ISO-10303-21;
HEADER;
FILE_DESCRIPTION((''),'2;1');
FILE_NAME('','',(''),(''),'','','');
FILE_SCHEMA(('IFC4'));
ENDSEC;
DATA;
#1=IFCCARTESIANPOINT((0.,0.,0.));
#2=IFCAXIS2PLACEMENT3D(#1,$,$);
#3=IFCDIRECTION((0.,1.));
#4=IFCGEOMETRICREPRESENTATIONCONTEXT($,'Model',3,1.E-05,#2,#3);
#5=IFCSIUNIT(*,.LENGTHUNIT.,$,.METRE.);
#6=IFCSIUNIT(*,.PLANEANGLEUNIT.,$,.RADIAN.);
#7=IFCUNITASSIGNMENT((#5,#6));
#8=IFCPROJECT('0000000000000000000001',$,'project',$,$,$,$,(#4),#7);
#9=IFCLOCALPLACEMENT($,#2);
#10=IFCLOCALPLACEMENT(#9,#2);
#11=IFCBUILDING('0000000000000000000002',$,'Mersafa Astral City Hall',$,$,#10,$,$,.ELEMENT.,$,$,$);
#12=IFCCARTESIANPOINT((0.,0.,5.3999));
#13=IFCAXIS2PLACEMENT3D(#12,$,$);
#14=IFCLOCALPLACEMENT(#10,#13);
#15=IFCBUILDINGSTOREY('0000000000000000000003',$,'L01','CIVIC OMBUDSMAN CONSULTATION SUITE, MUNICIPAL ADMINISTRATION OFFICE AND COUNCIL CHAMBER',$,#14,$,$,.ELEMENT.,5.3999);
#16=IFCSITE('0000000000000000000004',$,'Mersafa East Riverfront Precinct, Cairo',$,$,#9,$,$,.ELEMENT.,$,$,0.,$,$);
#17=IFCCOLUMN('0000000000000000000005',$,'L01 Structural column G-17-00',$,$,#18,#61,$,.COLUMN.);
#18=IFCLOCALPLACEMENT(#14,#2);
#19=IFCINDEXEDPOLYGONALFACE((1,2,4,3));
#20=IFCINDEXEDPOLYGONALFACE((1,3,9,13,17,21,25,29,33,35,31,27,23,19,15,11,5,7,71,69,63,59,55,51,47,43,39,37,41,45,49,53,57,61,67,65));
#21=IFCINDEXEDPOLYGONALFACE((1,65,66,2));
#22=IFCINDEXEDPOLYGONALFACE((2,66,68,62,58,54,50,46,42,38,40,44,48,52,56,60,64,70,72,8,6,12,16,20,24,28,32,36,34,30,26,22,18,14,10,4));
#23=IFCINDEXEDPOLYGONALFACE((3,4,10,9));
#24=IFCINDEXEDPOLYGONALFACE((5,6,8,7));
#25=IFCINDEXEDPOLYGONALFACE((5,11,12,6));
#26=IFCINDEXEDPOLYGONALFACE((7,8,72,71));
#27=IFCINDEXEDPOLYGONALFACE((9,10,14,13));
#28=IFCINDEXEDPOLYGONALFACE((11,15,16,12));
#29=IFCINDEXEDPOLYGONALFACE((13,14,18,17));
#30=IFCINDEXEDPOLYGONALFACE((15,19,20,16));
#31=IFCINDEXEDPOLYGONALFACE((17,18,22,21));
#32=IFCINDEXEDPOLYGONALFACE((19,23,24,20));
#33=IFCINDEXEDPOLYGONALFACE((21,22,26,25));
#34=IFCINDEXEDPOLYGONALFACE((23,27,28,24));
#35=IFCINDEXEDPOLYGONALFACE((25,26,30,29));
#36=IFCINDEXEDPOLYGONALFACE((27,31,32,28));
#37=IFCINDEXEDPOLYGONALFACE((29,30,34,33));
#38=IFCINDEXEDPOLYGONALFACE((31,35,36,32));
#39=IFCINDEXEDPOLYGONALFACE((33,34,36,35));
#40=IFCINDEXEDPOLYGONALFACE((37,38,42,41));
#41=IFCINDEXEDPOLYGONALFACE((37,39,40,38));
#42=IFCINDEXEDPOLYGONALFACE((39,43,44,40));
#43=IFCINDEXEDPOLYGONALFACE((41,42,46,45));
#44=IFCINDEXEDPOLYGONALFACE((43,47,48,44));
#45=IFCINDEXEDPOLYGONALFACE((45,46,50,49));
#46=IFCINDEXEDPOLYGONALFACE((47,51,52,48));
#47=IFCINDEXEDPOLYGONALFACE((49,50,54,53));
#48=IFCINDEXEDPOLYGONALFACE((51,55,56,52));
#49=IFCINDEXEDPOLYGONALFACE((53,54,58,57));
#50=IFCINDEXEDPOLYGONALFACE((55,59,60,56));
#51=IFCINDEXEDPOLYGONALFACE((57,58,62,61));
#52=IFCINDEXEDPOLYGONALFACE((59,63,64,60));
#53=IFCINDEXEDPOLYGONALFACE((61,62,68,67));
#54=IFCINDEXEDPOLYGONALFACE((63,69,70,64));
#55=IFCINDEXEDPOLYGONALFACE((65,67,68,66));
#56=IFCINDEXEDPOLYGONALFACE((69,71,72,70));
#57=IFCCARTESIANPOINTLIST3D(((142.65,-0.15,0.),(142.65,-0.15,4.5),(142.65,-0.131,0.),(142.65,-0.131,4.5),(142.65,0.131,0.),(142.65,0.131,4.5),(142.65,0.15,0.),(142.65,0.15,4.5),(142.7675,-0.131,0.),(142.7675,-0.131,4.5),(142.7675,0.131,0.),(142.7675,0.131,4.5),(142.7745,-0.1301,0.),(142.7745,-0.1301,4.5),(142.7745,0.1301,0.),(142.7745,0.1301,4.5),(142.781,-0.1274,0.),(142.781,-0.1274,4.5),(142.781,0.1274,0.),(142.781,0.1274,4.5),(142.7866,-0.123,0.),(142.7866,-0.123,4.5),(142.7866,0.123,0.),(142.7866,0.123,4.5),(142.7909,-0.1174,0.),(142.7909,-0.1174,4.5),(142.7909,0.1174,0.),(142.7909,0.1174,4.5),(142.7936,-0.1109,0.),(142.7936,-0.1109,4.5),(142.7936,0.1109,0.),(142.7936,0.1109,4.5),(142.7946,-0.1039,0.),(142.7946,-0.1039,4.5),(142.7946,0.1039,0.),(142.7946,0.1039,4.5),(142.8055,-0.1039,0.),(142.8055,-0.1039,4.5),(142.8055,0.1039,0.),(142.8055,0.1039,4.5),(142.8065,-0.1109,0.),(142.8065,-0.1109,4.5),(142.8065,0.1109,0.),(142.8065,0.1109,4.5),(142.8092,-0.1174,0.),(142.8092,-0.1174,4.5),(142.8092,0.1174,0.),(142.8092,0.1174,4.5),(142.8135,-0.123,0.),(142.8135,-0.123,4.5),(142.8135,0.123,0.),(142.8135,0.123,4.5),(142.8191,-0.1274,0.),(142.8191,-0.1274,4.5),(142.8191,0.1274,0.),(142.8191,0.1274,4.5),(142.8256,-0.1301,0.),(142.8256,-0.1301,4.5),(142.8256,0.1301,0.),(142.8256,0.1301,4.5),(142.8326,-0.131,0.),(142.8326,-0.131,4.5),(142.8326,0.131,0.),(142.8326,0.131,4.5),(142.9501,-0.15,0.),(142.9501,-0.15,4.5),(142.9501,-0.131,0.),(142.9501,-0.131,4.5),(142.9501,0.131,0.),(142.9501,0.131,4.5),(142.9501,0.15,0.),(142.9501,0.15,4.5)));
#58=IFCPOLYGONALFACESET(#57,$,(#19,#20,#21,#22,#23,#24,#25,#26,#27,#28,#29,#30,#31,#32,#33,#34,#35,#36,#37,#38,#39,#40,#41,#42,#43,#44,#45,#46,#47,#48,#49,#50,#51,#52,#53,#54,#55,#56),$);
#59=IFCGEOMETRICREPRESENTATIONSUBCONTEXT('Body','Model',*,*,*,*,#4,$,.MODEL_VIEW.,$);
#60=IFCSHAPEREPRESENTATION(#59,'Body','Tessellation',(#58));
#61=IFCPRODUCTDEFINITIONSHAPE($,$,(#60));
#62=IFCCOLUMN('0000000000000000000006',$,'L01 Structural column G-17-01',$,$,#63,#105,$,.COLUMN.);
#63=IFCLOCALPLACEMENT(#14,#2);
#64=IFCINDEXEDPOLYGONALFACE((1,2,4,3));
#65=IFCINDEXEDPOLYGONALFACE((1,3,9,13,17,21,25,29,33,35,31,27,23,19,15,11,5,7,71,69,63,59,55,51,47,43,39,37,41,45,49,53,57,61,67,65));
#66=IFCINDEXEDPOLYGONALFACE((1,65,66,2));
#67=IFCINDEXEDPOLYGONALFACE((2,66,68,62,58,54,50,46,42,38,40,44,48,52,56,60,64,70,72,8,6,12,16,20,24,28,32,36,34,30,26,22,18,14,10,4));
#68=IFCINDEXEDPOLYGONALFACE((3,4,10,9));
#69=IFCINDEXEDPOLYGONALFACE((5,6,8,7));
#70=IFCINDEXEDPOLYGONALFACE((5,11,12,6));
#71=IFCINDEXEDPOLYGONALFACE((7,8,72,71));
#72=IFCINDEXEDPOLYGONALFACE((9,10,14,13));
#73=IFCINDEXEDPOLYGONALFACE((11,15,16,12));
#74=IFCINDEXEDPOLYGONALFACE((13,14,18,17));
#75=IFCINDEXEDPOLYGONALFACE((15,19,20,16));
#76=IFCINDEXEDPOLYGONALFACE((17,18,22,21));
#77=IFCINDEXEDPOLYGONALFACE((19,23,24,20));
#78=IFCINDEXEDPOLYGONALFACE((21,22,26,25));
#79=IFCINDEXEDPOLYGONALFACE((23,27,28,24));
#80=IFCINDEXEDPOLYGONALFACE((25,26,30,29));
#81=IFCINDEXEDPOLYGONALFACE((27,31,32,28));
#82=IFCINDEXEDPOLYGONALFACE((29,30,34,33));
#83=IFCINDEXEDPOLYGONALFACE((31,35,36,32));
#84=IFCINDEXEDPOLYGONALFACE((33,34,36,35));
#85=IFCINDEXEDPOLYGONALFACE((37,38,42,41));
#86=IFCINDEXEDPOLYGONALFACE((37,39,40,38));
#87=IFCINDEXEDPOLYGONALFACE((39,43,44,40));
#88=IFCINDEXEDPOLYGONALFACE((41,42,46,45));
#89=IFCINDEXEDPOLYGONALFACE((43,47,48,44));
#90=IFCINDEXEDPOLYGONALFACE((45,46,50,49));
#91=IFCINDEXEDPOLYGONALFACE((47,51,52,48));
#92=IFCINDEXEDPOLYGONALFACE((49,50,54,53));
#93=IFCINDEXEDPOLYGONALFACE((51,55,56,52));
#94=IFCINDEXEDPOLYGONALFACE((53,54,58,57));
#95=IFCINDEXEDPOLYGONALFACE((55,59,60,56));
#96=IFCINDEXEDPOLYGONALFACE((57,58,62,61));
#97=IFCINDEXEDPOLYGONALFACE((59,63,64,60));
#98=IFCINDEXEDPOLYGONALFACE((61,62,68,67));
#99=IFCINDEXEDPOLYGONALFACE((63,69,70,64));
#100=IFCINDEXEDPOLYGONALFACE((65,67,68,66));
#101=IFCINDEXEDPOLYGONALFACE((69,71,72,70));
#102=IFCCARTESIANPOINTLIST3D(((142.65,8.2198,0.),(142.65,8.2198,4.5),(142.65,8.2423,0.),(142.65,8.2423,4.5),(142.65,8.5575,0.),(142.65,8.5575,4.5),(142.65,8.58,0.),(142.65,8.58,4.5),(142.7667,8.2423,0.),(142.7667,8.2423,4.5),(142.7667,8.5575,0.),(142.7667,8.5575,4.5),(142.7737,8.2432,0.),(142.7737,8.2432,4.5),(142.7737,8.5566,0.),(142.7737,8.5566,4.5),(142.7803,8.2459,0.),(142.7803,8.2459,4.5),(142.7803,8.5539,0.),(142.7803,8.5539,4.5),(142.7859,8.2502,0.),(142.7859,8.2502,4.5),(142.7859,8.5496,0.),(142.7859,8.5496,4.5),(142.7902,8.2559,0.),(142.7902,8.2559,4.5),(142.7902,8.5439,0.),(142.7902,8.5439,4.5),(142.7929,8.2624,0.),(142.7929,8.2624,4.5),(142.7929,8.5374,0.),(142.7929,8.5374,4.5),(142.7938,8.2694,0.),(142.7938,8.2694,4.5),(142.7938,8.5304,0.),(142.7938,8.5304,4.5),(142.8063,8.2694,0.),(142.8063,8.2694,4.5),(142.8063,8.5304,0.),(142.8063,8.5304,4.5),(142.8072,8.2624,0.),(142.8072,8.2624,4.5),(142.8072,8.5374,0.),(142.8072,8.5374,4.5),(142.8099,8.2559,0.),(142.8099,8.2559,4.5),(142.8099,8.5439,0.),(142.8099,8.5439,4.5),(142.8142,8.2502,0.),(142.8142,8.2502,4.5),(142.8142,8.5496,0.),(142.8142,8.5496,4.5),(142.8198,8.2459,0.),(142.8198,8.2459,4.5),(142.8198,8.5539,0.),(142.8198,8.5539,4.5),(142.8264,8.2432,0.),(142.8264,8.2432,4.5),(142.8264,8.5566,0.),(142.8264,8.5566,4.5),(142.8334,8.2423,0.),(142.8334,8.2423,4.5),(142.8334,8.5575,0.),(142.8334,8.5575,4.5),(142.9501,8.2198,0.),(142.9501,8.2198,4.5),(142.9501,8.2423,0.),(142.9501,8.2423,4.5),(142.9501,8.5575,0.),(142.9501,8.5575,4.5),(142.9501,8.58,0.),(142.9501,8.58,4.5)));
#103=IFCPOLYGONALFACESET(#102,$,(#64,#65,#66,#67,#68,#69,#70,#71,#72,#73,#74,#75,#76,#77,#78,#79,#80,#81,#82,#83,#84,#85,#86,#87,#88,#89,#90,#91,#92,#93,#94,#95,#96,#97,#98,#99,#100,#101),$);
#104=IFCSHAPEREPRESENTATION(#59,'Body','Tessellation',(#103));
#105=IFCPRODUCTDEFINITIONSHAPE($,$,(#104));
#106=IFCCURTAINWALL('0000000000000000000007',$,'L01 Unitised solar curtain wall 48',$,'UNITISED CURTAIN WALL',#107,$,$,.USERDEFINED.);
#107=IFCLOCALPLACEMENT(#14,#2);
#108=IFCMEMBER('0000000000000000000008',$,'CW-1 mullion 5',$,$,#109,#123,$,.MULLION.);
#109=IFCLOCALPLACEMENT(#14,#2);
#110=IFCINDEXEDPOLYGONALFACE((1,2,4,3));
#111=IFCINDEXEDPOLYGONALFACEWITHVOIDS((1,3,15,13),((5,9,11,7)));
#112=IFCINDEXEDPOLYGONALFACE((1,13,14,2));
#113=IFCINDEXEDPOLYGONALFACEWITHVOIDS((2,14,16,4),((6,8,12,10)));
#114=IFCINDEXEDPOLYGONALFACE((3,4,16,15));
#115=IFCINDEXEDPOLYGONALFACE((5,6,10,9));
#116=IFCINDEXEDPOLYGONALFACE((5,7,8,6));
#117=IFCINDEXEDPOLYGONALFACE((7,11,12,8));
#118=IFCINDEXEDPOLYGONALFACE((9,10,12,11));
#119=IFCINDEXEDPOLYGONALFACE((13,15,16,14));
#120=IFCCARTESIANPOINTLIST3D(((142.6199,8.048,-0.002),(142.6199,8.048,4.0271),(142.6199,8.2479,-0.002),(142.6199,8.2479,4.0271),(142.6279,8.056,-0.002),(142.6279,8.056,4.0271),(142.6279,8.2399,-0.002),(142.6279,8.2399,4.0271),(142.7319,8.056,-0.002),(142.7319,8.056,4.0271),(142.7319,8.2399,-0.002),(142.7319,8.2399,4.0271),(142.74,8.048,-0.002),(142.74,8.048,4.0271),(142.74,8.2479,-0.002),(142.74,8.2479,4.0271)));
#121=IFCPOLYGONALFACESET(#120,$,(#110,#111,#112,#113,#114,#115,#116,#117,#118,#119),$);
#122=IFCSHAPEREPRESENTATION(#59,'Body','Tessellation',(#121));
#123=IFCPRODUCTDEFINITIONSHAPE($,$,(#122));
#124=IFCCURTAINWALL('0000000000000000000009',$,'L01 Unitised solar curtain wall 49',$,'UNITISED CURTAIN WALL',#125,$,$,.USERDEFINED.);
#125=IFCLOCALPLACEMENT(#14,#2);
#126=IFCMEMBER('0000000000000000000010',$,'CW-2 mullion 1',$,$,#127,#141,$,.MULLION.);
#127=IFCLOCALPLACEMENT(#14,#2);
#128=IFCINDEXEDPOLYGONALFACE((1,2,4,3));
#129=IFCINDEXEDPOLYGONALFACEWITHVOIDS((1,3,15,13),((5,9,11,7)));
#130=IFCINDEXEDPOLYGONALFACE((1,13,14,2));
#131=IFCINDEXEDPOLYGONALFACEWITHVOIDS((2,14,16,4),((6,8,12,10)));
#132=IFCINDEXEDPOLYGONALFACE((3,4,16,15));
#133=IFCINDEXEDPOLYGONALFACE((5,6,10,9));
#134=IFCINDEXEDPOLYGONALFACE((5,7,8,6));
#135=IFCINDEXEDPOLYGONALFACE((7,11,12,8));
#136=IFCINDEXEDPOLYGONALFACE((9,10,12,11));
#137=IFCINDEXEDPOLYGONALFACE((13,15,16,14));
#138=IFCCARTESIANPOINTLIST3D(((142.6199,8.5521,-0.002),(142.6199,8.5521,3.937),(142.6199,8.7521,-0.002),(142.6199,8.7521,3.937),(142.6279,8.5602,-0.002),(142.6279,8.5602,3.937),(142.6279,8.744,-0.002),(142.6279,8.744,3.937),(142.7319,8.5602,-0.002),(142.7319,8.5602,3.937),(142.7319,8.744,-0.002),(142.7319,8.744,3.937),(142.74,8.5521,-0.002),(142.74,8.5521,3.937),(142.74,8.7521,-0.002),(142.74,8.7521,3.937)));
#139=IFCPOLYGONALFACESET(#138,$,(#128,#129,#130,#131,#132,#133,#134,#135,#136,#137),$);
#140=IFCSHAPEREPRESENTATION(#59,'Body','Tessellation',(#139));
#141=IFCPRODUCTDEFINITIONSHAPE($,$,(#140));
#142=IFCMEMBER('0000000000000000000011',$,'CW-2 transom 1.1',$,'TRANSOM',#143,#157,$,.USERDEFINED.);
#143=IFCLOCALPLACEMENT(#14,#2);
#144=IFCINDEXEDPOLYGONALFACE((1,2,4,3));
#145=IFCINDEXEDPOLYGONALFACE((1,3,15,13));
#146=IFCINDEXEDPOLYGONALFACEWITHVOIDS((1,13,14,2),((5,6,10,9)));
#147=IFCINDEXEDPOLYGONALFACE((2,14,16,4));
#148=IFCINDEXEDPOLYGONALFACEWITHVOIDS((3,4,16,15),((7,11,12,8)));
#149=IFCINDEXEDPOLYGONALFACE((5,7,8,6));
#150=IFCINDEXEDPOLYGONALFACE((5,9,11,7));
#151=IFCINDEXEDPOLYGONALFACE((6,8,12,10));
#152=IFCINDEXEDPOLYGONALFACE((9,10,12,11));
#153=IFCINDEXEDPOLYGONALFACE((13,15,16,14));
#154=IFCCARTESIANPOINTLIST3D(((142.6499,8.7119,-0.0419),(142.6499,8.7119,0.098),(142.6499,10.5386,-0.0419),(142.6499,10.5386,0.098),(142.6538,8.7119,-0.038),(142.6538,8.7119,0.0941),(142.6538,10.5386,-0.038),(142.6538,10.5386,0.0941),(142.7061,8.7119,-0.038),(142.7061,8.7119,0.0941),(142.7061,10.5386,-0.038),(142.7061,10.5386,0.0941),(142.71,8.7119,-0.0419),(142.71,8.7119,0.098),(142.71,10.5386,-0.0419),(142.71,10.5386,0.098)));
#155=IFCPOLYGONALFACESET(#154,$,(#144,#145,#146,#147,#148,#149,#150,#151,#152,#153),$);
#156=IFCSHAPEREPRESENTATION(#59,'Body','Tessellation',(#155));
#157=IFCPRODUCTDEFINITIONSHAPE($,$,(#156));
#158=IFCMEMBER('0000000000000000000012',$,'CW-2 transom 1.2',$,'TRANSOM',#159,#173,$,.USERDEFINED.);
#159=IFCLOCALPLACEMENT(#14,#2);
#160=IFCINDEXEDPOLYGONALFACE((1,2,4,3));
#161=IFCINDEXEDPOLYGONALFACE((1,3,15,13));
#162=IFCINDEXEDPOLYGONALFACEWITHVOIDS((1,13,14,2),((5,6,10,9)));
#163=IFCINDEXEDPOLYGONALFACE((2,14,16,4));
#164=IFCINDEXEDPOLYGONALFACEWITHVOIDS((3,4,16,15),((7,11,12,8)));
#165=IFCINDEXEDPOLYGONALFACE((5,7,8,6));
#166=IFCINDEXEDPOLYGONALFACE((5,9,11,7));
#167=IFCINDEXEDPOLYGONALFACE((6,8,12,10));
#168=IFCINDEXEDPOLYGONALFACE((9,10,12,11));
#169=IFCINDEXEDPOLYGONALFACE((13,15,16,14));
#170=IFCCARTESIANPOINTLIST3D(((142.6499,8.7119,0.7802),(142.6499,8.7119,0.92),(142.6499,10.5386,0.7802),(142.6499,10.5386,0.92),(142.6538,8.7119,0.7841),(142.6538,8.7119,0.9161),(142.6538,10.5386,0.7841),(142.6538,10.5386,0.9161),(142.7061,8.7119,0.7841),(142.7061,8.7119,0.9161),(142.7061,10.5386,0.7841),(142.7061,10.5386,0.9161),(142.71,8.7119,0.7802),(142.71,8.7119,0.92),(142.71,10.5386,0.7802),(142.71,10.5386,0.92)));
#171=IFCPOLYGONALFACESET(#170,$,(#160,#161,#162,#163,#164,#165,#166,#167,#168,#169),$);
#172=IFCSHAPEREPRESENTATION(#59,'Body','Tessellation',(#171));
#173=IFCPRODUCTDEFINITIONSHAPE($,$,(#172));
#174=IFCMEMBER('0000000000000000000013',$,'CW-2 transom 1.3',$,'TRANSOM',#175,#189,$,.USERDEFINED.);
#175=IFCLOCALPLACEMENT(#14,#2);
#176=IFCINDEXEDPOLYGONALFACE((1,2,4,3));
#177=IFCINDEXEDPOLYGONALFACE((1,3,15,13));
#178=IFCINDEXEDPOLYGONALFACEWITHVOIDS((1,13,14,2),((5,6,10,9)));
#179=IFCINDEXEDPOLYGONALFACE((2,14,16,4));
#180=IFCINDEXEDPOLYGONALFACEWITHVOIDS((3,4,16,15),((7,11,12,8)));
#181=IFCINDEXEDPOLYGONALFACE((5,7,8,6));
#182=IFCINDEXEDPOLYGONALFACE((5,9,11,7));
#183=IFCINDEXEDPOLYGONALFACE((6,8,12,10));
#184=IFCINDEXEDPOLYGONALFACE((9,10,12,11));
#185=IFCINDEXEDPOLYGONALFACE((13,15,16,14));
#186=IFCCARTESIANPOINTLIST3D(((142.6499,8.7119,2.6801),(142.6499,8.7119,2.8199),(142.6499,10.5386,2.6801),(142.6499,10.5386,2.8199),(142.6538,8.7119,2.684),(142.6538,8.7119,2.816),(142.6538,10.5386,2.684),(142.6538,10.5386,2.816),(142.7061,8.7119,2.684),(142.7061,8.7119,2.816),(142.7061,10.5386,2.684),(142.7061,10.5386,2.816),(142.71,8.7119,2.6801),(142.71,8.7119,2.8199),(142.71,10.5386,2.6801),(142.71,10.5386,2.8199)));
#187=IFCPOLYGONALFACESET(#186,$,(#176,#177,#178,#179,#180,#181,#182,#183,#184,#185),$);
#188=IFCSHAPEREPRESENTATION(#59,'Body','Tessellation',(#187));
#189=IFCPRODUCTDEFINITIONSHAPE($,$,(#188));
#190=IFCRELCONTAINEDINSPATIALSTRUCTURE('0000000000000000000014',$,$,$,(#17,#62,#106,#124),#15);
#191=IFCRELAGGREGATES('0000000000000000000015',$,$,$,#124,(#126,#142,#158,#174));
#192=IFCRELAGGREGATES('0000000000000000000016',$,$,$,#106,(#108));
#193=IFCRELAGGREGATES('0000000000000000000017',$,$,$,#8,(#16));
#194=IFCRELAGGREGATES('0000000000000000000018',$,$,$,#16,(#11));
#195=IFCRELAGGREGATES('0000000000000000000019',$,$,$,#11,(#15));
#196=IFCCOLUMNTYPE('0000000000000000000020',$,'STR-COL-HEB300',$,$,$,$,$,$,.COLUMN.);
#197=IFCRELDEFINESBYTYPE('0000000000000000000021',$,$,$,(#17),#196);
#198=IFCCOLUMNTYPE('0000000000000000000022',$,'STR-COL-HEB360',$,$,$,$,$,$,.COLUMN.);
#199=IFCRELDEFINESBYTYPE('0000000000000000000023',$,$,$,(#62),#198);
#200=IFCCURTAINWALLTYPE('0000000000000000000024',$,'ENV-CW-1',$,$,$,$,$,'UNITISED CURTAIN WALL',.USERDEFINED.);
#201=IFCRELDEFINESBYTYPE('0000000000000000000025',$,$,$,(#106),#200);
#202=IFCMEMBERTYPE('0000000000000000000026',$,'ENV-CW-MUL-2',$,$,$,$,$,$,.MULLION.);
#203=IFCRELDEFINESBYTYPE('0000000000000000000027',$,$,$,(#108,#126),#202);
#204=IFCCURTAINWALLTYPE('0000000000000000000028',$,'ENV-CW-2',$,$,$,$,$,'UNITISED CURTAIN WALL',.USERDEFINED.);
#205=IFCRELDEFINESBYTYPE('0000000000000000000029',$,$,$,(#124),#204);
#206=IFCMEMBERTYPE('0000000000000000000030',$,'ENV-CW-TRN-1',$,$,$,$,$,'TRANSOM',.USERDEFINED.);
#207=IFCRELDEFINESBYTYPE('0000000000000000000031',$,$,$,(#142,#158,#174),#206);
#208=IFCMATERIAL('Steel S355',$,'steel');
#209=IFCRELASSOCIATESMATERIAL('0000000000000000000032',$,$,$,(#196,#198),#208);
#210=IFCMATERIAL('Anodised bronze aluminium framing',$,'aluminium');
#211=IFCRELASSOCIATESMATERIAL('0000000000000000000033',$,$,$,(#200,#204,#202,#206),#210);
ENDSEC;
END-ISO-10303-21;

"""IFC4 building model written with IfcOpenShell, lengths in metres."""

from ifc_helpers import new_model, si_unit, direction, frame, origin, origin_2d, place, context, subcontext, project, spatial, hollow_rectangle, i_section, extrude, material, material_profile, profile_set, type_object, element, aggregate, save


model = new_model("IFC4")

# Units and contexts
model_context = context("Model", 3, precision=1e-05, world=origin(), true_north=direction((0.0, 1.0)))
body_context = subcontext(model_context, "Body", "Model", "MODEL_VIEW")
ifc_project = project(units=[si_unit("LENGTHUNIT", "METRE"), si_unit("PLANEANGLEUNIT", "RADIAN")], contexts=[model_context])

# Site, building, storey
site_placement = place(None, origin())
site = spatial("IfcSite", under=ifc_project, at=site_placement, Name="Mersafa East Riverfront Precinct, Cairo", CompositionType="ELEMENT", RefElevation=0.0)
building_placement = place(site_placement, origin())
building = spatial("IfcBuilding", under=site, at=building_placement, Name="Mersafa Astral City Hall", CompositionType="ELEMENT")
storey_placement = place(building_placement, frame((0.0, 0.0, 5.3999)))
storey = spatial("IfcBuildingStorey", under=building, at=storey_placement, Name="L01", Description="CIVIC OMBUDSMAN CONSULTATION SUITE, MUNICIPAL ADMINISTRATION OFFICE AND COUNCIL CHAMBER", CompositionType="ELEMENT", Elevation=5.3999)

# Columns
ifc_material_1 = material(Name="Steel S355", Category="steel")
ifc_material_profile_1 = material_profile(ifc_material_1, i_section(OverallWidth=0.3, OverallDepth=0.3, WebThickness=0.011, FlangeThickness=0.019, FilletRadius=0.0271, at=origin_2d()), Name="HEB 300")
ifc_profile_set_1 = profile_set([ifc_material_profile_1], Name="Steel S355")
column_type_1 = type_object("IfcColumnType", Name="STR-COL-HEB300", PredefinedType="COLUMN", material=ifc_profile_set_1)
column_1_placement = place(storey_placement, frame((142.8, 0.0, 0.0), z_axis=(0.0, 0.0, 1.0), x_axis=(1.0, 0.0, 0.0)))
element("IfcColumn", 1, at=column_1_placement, inside=storey, type_object=column_type_1, Name="L01 Structural column G-17-00", PredefinedType="COLUMN", context=body_context, shape_type="SweptSolid", body=[
    extrude(i_section(OverallWidth=0.3, OverallDepth=0.3, WebThickness=0.011, FlangeThickness=0.019, FilletRadius=0.0271, at=origin_2d()), origin(), (0.0, 0.0, 1.0), 4.5),
])
ifc_material_profile_2 = material_profile(ifc_material_1, i_section(OverallWidth=0.3, OverallDepth=0.3601, WebThickness=0.0125, FlangeThickness=0.0225, FilletRadius=0.0271, at=origin_2d()), Name="HEB 360")
ifc_profile_set_2 = profile_set([ifc_material_profile_2], Name="Steel S355")
column_type_2 = type_object("IfcColumnType", Name="STR-COL-HEB360", PredefinedType="COLUMN", material=ifc_profile_set_2)
column_2_placement = place(storey_placement, frame((142.8, 8.3999, 0.0), z_axis=(0.0, 0.0, 1.0), x_axis=(1.0, 0.0, 0.0)))
element("IfcColumn", 2, at=column_2_placement, inside=storey, type_object=column_type_2, Name="L01 Structural column G-17-01", PredefinedType="COLUMN", context=body_context, shape_type="SweptSolid", body=[
    extrude(i_section(OverallWidth=0.3, OverallDepth=0.3601, WebThickness=0.0125, FlangeThickness=0.0225, FilletRadius=0.0271, at=origin_2d()), origin(), (0.0, 0.0, 1.0), 4.5),
])

# Curtain wall, member
ifc_material_2 = material(Name="Anodised bronze aluminium framing", Category="aluminium")
curtain_wall_type_1 = type_object("IfcCurtainWallType", Name="ENV-CW-1", ElementType="UNITISED CURTAIN WALL", PredefinedType="USERDEFINED", material=ifc_material_2)
curtain_wall_1_placement = place(storey_placement, origin())
curtain_wall_1 = element("IfcCurtainWall", 3, at=curtain_wall_1_placement, inside=storey, type_object=curtain_wall_type_1, Name="L01 Unitised solar curtain wall 48", ObjectType="UNITISED CURTAIN WALL", PredefinedType="USERDEFINED")
ifc_material_profile_3 = material_profile(ifc_material_2, hollow_rectangle(XDim=0.1201, YDim=0.2, WallThickness=0.0081, at=origin_2d()), Name="RHS 120x200x8")
ifc_profile_set_3 = profile_set([ifc_material_profile_3], Name="Anodised bronze aluminium framing")
member_type_1 = type_object("IfcMemberType", Name="ENV-CW-MUL-2", PredefinedType="MULLION", material=ifc_profile_set_3)
member_1_placement = place(storey_placement, frame((142.6799, 8.1479, -0.002), z_axis=(0.0, 0.0, 1.0), x_axis=(-1.0, 0.0, 0.0)))
member_1 = element("IfcMember", 4, at=member_1_placement, type_object=member_type_1, Name="CW-1 mullion 5", PredefinedType="MULLION", context=body_context, shape_type="SweptSolid", body=[
    extrude(hollow_rectangle(XDim=0.1201, YDim=0.2, WallThickness=0.0081, at=origin_2d()), origin(), (0.0, 0.0, 1.0), 4.0291),
])

# Curtain wall, members
curtain_wall_type_2 = type_object("IfcCurtainWallType", Name="ENV-CW-2", ElementType="UNITISED CURTAIN WALL", PredefinedType="USERDEFINED", material=ifc_material_2)
curtain_wall_2_placement = place(storey_placement, origin())
curtain_wall_2 = element("IfcCurtainWall", 5, at=curtain_wall_2_placement, inside=storey, type_object=curtain_wall_type_2, Name="L01 Unitised solar curtain wall 49", ObjectType="UNITISED CURTAIN WALL", PredefinedType="USERDEFINED")
member_2_placement = place(storey_placement, frame((142.6799, 8.6521, -0.002), z_axis=(0.0, 0.0, 1.0), x_axis=(-1.0, 0.0, 0.0)))
member_2 = element("IfcMember", 6, at=member_2_placement, type_object=member_type_1, Name="CW-2 mullion 1", PredefinedType="MULLION", context=body_context, shape_type="SweptSolid", body=[
    extrude(hollow_rectangle(XDim=0.1201, YDim=0.2, WallThickness=0.0081, at=origin_2d()), origin(), (0.0, 0.0, 1.0), 3.939),
])
ifc_material_profile_4 = material_profile(ifc_material_2, hollow_rectangle(XDim=0.0601, YDim=0.1399, WallThickness=0.0039, at=origin_2d()), Name="RHS 60x140x4")
ifc_profile_set_4 = profile_set([ifc_material_profile_4], Name="Anodised bronze aluminium framing")
member_type_2 = type_object("IfcMemberType", Name="ENV-CW-TRN-1", ElementType="TRANSOM", PredefinedType="USERDEFINED", material=ifc_profile_set_4)
member_3_placement = place(storey_placement, frame((142.6799, 8.7119, 0.0281), z_axis=(0.0, 1.0, 0.0), x_axis=(-1.0, 0.0, 0.0)))
member_3 = element("IfcMember", 7, at=member_3_placement, type_object=member_type_2, Name="CW-2 transom 1.1", ObjectType="TRANSOM", PredefinedType="USERDEFINED", context=body_context, shape_type="SweptSolid", body=[
    extrude(hollow_rectangle(XDim=0.0601, YDim=0.1399, WallThickness=0.0039, at=origin_2d()), origin(), (0.0, 0.0, 1.0), 1.8267),
])
member_4_placement = place(storey_placement, frame((142.6799, 8.7119, 0.8501), z_axis=(0.0, 1.0, 0.0), x_axis=(-1.0, 0.0, 0.0)))
member_4 = element("IfcMember", 8, at=member_4_placement, type_object=member_type_2, Name="CW-2 transom 1.2", ObjectType="TRANSOM", PredefinedType="USERDEFINED", context=body_context, shape_type="SweptSolid", body=[
    extrude(hollow_rectangle(XDim=0.0601, YDim=0.1399, WallThickness=0.0039, at=origin_2d()), origin(), (0.0, 0.0, 1.0), 1.8267),
])
member_5_placement = place(storey_placement, frame((142.6799, 8.7119, 2.75), z_axis=(0.0, 1.0, 0.0), x_axis=(-1.0, 0.0, 0.0)))
member_5 = element("IfcMember", 9, at=member_5_placement, type_object=member_type_2, Name="CW-2 transom 1.3", ObjectType="TRANSOM", PredefinedType="USERDEFINED", context=body_context, shape_type="SweptSolid", body=[
    extrude(hollow_rectangle(XDim=0.0601, YDim=0.1399, WallThickness=0.0039, at=origin_2d()), origin(), (0.0, 0.0, 1.0), 1.8267),
])
aggregate(curtain_wall_2, [member_2, member_3, member_4, member_5])

aggregate(curtain_wall_1, [member_1])

save(model, "model.ifc")
